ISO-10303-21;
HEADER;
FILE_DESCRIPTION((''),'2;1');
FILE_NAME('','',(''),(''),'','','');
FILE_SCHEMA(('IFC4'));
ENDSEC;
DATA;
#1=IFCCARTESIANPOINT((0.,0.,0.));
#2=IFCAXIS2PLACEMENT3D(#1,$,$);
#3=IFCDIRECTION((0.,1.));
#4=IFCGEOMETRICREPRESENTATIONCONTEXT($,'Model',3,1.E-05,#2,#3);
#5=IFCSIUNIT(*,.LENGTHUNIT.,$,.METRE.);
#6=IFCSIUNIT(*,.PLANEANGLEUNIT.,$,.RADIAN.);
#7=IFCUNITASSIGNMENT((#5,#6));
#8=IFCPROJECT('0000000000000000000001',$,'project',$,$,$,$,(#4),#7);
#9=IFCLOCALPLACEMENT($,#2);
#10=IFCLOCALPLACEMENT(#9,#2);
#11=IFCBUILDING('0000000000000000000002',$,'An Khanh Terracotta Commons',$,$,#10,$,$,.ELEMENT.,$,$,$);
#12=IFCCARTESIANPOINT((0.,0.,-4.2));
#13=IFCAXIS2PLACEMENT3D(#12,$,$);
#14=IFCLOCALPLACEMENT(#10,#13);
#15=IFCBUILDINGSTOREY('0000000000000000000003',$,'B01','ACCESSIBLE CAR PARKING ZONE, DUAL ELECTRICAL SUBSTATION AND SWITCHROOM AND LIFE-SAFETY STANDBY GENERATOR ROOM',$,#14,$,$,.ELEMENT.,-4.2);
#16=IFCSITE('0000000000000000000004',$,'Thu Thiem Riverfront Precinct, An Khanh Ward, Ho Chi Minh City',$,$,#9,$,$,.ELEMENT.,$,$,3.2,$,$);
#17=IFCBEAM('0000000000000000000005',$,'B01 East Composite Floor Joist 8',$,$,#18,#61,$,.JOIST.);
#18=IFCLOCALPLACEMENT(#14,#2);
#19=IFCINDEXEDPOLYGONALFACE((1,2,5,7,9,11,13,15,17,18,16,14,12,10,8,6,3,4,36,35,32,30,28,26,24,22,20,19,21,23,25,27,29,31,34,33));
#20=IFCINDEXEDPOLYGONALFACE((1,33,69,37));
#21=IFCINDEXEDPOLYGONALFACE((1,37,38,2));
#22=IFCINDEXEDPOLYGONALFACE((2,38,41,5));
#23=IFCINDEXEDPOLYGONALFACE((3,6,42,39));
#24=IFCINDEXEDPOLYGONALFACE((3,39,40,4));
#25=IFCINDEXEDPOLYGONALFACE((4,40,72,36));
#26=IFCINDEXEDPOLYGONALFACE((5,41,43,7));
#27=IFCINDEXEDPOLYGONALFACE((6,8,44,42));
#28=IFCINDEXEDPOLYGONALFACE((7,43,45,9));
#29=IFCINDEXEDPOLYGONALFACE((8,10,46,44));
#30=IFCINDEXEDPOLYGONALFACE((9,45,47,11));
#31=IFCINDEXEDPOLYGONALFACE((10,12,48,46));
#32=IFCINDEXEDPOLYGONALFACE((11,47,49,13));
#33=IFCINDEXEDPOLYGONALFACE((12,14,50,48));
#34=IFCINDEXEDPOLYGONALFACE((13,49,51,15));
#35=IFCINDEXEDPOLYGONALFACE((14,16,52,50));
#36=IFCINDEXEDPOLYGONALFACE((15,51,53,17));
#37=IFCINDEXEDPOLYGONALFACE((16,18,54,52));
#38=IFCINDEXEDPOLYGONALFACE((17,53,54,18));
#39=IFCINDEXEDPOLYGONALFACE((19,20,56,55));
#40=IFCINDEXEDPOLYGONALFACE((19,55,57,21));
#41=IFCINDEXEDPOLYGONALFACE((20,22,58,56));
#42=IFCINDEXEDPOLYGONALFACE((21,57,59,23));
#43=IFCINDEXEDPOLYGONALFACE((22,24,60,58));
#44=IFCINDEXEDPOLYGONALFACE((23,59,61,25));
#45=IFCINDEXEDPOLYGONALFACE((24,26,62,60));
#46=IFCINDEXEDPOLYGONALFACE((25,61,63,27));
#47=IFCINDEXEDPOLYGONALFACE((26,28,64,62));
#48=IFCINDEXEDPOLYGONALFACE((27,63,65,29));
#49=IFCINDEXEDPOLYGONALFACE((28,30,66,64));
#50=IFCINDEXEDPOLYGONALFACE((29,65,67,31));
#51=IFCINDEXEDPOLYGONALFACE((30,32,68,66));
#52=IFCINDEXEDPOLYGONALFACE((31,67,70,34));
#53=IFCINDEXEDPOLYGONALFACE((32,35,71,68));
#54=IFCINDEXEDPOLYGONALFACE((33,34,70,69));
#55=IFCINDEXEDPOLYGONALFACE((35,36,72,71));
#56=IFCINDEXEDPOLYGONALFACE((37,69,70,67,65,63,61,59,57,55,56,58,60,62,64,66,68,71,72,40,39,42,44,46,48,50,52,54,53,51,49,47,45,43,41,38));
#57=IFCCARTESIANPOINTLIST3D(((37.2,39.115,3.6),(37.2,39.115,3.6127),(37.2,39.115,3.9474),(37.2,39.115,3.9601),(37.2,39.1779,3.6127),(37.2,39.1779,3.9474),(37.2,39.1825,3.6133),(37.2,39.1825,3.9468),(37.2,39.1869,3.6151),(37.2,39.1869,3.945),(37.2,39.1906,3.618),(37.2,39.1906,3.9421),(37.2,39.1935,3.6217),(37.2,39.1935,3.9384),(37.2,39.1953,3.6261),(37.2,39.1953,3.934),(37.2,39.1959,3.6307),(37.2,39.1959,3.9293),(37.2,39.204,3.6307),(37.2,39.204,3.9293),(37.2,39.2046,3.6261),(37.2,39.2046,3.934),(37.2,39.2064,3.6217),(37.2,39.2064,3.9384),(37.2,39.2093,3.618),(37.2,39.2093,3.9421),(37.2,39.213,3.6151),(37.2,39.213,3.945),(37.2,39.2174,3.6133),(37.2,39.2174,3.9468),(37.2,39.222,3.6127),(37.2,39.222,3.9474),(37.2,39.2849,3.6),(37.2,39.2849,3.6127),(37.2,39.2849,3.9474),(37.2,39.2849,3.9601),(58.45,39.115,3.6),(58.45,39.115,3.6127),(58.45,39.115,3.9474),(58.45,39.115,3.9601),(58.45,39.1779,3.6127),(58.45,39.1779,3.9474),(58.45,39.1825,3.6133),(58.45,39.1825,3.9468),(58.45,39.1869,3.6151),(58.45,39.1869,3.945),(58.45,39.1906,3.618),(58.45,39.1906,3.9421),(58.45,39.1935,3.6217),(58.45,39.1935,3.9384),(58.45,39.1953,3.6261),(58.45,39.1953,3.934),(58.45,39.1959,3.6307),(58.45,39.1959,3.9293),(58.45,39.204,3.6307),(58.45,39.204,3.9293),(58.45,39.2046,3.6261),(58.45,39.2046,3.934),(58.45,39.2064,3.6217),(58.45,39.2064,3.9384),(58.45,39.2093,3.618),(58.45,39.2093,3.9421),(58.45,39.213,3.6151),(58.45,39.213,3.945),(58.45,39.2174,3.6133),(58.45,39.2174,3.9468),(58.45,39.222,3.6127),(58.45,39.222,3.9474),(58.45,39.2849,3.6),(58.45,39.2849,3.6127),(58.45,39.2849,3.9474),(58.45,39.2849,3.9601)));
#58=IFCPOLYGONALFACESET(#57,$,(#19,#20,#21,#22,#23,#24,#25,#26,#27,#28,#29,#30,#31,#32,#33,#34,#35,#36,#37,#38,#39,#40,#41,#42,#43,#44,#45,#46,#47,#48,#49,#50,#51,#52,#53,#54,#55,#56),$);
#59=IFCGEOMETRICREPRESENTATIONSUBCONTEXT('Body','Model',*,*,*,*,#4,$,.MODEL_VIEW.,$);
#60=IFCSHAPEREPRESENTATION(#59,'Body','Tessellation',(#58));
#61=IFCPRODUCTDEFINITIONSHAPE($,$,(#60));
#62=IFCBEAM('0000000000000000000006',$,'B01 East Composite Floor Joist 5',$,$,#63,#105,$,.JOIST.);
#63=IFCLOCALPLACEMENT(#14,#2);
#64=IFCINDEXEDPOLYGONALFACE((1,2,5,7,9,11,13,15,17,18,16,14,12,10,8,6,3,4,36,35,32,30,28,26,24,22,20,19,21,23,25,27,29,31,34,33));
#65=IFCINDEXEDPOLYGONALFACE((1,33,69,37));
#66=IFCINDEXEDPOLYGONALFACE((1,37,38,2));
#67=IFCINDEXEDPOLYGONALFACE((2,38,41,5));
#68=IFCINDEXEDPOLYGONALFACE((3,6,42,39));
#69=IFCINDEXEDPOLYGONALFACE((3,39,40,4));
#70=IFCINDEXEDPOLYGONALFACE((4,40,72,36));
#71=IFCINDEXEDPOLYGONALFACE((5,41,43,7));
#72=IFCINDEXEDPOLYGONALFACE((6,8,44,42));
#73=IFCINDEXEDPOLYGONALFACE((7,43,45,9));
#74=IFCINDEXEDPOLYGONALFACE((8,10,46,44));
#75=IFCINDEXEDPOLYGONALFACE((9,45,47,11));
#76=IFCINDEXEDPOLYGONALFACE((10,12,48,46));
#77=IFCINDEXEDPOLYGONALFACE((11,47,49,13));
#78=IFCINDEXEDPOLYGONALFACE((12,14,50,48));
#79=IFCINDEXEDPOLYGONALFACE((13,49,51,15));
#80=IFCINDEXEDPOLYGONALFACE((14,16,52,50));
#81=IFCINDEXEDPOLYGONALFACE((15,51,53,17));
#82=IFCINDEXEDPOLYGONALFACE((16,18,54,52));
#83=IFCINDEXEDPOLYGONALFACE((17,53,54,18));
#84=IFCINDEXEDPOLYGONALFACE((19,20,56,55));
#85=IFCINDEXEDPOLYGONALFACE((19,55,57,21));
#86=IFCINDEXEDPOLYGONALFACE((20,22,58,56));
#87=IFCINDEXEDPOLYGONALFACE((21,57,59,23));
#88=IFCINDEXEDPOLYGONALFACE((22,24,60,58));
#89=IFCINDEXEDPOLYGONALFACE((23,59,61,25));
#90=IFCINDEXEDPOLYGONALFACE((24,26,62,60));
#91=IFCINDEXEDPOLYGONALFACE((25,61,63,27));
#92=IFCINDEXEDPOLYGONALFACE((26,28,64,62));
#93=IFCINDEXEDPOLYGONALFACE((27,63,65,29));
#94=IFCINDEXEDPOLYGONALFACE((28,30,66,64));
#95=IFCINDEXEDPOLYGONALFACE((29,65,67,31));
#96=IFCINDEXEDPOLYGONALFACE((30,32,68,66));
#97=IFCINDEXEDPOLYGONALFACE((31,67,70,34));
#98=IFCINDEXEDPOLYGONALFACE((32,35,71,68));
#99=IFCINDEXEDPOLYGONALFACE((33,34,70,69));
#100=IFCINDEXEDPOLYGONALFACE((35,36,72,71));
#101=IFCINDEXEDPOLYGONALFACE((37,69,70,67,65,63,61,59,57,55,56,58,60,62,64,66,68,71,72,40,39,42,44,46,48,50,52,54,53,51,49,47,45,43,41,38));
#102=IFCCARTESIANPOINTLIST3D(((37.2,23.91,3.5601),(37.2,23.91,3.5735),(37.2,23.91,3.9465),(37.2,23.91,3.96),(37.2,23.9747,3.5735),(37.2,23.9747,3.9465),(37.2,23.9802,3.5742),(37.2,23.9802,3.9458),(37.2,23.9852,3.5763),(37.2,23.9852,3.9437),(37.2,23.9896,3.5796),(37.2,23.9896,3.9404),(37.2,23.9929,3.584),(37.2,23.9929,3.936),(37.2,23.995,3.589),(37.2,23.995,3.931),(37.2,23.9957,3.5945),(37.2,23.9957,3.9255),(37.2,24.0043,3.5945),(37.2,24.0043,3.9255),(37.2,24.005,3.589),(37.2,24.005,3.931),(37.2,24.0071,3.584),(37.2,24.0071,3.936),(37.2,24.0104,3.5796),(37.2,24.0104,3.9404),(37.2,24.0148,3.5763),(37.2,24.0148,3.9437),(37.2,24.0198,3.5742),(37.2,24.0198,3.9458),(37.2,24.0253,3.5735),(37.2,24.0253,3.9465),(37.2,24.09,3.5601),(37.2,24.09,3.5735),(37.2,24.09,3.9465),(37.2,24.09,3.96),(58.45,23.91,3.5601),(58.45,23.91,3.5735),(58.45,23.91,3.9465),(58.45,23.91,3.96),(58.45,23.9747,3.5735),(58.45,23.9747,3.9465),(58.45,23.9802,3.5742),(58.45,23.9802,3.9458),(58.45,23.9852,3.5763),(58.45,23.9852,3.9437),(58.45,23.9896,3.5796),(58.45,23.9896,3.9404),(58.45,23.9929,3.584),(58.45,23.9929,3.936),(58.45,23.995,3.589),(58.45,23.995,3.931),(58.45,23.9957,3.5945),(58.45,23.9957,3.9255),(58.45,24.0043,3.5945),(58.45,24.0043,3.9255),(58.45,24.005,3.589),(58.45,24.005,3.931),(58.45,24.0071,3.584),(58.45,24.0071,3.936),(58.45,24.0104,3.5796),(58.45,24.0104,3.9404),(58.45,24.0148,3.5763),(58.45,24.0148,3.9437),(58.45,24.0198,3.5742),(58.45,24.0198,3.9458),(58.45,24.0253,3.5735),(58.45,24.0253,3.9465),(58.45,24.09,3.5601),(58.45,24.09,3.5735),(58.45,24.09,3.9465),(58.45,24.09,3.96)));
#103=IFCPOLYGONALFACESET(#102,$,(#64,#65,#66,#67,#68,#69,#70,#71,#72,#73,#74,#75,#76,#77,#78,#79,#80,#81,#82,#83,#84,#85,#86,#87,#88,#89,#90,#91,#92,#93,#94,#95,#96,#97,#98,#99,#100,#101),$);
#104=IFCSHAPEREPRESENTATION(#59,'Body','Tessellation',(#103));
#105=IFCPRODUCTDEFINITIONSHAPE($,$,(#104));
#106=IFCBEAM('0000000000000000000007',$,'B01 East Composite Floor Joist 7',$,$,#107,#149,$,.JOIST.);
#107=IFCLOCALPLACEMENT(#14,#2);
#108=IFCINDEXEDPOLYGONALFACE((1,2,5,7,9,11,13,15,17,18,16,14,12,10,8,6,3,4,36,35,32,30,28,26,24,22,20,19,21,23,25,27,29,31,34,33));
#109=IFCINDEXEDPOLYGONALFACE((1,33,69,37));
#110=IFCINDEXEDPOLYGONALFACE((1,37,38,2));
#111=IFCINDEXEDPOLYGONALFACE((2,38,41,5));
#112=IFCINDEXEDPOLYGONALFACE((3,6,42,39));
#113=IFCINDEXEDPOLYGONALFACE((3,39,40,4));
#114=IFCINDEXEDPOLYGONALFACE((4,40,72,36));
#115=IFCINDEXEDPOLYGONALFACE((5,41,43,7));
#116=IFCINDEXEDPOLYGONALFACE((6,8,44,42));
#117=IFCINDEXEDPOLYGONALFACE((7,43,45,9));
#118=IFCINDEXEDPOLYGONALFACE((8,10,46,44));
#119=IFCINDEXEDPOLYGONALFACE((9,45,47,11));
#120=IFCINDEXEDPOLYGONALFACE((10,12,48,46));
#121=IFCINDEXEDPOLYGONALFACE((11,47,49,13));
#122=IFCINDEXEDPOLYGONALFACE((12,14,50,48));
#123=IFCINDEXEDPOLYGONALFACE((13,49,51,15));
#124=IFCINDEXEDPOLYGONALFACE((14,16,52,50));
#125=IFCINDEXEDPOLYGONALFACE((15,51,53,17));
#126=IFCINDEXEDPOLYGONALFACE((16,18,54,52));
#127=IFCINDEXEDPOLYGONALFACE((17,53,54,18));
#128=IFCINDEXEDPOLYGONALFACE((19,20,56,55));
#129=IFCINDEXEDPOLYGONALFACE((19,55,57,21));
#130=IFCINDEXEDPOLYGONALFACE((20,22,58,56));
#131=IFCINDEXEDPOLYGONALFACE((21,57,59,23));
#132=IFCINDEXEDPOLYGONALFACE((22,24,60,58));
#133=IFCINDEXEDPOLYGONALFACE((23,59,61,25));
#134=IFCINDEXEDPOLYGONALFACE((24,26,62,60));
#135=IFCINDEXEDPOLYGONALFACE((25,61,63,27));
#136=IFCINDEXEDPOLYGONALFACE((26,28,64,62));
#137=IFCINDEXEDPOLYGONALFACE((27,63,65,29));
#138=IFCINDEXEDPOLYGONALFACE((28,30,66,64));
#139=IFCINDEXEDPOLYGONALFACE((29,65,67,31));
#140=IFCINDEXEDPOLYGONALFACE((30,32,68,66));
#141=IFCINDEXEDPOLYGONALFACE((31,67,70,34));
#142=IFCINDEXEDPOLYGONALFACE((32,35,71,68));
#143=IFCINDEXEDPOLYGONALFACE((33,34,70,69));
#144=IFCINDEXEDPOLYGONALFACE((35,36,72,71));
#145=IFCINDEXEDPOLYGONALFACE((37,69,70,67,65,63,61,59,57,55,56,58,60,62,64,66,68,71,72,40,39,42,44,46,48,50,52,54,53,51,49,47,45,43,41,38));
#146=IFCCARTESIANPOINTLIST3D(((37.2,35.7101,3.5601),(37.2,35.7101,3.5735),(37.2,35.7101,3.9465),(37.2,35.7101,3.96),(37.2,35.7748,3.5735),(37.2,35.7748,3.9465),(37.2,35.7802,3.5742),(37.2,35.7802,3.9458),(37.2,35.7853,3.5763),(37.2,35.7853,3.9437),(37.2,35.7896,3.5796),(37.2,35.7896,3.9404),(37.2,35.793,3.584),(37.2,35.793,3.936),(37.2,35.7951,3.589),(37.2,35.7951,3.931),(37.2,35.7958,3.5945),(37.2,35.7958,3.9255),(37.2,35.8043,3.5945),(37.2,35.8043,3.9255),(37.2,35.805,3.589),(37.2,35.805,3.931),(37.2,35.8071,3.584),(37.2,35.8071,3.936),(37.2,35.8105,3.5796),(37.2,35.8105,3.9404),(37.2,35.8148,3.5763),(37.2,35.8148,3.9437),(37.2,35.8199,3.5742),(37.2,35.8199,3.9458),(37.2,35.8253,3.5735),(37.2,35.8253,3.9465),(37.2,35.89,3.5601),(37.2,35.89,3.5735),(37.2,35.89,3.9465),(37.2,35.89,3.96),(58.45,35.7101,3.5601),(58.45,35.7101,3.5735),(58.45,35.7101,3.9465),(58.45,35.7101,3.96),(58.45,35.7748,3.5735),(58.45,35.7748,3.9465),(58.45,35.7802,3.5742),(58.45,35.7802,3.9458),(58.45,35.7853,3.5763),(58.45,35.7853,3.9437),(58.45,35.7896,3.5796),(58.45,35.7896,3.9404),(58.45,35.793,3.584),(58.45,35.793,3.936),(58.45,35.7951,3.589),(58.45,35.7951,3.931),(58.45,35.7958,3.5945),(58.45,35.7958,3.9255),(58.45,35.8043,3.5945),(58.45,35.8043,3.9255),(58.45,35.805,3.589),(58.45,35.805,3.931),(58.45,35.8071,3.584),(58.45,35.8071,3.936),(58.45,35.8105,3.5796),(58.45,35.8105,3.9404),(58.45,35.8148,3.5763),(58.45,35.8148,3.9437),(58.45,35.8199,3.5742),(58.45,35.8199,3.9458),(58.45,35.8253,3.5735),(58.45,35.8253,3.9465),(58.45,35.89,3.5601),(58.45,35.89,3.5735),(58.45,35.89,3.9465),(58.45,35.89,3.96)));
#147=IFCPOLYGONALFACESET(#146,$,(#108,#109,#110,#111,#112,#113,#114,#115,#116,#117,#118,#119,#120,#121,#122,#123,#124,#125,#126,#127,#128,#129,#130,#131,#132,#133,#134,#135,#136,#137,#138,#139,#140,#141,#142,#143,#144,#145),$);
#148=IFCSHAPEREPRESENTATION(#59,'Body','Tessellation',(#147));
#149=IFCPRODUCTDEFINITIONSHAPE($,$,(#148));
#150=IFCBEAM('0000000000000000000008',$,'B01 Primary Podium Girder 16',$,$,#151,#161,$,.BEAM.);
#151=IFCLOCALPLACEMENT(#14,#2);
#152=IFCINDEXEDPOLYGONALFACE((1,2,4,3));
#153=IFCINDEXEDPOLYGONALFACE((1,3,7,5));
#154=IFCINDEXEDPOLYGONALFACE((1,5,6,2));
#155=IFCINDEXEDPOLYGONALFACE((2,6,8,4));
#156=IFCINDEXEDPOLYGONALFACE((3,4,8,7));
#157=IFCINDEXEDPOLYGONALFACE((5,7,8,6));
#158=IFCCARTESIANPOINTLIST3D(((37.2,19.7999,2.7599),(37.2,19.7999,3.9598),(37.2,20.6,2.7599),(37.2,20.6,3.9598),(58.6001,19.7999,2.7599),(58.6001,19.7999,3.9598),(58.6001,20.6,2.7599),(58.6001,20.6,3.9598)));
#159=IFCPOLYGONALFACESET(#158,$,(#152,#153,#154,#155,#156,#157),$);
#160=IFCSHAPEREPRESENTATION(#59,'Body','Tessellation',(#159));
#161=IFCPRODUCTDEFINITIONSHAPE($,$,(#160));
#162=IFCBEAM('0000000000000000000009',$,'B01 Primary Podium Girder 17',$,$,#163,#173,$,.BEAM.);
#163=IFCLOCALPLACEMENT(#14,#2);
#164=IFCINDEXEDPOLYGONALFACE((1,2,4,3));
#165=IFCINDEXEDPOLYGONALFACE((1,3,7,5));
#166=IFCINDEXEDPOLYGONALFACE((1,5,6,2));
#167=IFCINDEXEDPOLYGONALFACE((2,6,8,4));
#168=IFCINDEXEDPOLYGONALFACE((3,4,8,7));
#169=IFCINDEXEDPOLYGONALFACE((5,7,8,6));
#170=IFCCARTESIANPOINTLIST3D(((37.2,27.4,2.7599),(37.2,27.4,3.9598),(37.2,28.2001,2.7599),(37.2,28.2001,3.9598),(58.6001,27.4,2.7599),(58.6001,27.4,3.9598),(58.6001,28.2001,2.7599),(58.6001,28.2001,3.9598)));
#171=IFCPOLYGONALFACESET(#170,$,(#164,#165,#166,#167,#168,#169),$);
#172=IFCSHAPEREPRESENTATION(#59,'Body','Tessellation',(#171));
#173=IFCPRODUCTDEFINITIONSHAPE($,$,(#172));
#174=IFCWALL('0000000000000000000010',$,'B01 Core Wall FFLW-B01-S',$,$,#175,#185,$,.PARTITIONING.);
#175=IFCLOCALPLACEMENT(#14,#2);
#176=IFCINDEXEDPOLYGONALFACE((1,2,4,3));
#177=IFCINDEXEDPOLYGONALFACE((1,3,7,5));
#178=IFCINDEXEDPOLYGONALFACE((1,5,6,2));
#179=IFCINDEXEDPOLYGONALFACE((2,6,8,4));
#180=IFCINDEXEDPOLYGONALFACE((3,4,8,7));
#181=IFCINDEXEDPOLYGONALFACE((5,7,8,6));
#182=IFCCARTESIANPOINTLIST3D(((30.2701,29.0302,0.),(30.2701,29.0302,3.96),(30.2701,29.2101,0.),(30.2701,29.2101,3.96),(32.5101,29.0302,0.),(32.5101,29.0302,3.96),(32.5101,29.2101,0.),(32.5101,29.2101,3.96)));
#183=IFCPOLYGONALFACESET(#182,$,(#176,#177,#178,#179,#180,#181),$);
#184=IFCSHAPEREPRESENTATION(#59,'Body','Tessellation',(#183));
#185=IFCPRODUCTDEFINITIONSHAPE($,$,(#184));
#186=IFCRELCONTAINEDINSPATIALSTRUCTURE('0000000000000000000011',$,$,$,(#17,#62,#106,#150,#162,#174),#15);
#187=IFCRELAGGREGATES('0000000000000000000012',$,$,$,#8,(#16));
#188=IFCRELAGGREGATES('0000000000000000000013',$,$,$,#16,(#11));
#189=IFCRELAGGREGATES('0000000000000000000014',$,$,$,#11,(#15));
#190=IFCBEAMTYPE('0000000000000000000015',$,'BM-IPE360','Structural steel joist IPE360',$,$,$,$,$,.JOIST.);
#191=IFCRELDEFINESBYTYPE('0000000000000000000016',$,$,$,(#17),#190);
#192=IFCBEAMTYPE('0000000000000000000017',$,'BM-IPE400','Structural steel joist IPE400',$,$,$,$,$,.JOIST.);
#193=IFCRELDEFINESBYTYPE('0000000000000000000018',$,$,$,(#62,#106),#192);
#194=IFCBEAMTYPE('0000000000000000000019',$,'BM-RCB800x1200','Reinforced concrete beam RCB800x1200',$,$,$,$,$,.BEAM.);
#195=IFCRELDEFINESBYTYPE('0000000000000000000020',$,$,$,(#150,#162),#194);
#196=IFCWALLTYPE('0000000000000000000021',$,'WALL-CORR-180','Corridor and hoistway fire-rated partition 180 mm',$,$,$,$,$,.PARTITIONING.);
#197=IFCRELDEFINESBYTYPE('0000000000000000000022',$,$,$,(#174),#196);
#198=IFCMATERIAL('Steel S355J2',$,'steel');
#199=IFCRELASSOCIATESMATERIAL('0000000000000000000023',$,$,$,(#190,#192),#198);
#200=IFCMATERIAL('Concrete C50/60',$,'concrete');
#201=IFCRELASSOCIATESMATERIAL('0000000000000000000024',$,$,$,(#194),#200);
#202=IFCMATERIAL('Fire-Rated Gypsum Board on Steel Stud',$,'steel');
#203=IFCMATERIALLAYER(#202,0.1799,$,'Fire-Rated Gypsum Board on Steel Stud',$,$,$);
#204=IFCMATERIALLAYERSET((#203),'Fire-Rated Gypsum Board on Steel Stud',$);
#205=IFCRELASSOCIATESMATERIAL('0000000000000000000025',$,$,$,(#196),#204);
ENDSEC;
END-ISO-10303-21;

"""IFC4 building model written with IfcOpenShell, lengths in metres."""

from ifc_helpers import new_model, si_unit, direction, frame, frame_2d, origin, origin_2d, place, context, subcontext, project, spatial, rectangle, i_section, extrude, material, layer, layer_set, material_profile, profile_set, type_object, element, save


model = new_model("IFC4")

# Units and contexts
model_context = context("Model", 3, precision=1e-05, world=origin(), true_north=direction((0.0, 1.0)))
body_context = subcontext(model_context, "Body", "Model", "MODEL_VIEW")
ifc_project = project(units=[si_unit("LENGTHUNIT", "METRE"), si_unit("PLANEANGLEUNIT", "RADIAN")], contexts=[model_context])

# Site, building, storey
site_placement = place(None, origin())
site = spatial("IfcSite", under=ifc_project, at=site_placement, Name="Thu Thiem Riverfront Precinct, An Khanh Ward, Ho Chi Minh City", CompositionType="ELEMENT", RefElevation=3.2)
building_placement = place(site_placement, origin())
building = spatial("IfcBuilding", under=site, at=building_placement, Name="An Khanh Terracotta Commons", CompositionType="ELEMENT")
storey_placement = place(building_placement, frame((0.0, 0.0, -4.2)))
storey = spatial("IfcBuildingStorey", under=building, at=storey_placement, Name="B01", Description="ACCESSIBLE CAR PARKING ZONE, DUAL ELECTRICAL SUBSTATION AND SWITCHROOM AND LIFE-SAFETY STANDBY GENERATOR ROOM", CompositionType="ELEMENT", Elevation=-4.2)

# Beams
ifc_material_1 = material(Name="Steel S355J2", Category="steel")
ifc_material_profile_1 = material_profile(ifc_material_1, i_section(OverallWidth=0.1699, OverallDepth=0.3601, WebThickness=0.0081, FlangeThickness=0.0127, FilletRadius=0.0181, at=origin_2d()), Name="IPE360")
ifc_profile_set_1 = profile_set([ifc_material_profile_1], Name="Steel S355J2")
beam_type_1 = type_object("IfcBeamType", Name="BM-IPE360", Description="Structural steel joist IPE360", PredefinedType="JOIST", material=ifc_profile_set_1)
for number, where, z_axis, x_axis, name in (
    (1, (37.2, 39.2, 3.78), (1.0, 0.0, 0.0), (0.0, 1.0, 0.0), "B01 East Composite Floor Joist 8"),
):
    element("IfcBeam", number, at=place(storey_placement, frame(where, z_axis=z_axis, x_axis=x_axis)), inside=storey, type_object=beam_type_1, Name=name, PredefinedType="JOIST", context=body_context, shape_type="SweptSolid", body=[
        extrude(i_section(OverallWidth=0.1699, OverallDepth=0.3601, WebThickness=0.0081, FlangeThickness=0.0127, FilletRadius=0.0181, at=origin_2d()), origin(), (0.0, 0.0, 1.0), 21.25),
    ])
ifc_material_profile_2 = material_profile(ifc_material_1, i_section(OverallWidth=0.1799, OverallDepth=0.3999, WebThickness=0.0085, FlangeThickness=0.0134, FilletRadius=0.021, at=origin_2d()), Name="IPE400")
ifc_profile_set_2 = profile_set([ifc_material_profile_2], Name="Steel S355J2")
beam_type_2 = type_object("IfcBeamType", Name="BM-IPE400", Description="Structural steel joist IPE400", PredefinedType="JOIST", material=ifc_profile_set_2)
for number, where, z_axis, x_axis, name in (
    (2, (37.2, 24.0, 3.76), (1.0, 0.0, 0.0), (0.0, 1.0, 0.0), "B01 East Composite Floor Joist 5"),
    (3, (37.2, 35.8, 3.76), (1.0, 0.0, 0.0), (0.0, 1.0, 0.0), "B01 East Composite Floor Joist 7"),
):
    element("IfcBeam", number, at=place(storey_placement, frame(where, z_axis=z_axis, x_axis=x_axis)), inside=storey, type_object=beam_type_2, Name=name, PredefinedType="JOIST", context=body_context, shape_type="SweptSolid", body=[
        extrude(i_section(OverallWidth=0.1799, OverallDepth=0.3999, WebThickness=0.0085, FlangeThickness=0.0134, FilletRadius=0.021, at=origin_2d()), origin(), (0.0, 0.0, 1.0), 21.25),
    ])
ifc_material_2 = material(Name="Concrete C50/60", Category="concrete")
ifc_material_profile_3 = material_profile(ifc_material_2, rectangle(XDim=0.8, YDim=1.2, at=origin_2d()), Name="RCB800x1200")
ifc_profile_set_3 = profile_set([ifc_material_profile_3], Name="Concrete C50/60")
beam_type_3 = type_object("IfcBeamType", Name="BM-RCB800x1200", Description="Reinforced concrete beam RCB800x1200", PredefinedType="BEAM", material=ifc_profile_set_3)
for number, where, z_axis, x_axis, name in (
    (4, (37.2, 20.2, 3.3599), (1.0, 0.0, 0.0), (0.0, 1.0, 0.0), "B01 Primary Podium Girder 16"),
    (5, (37.2, 27.8, 3.3599), (1.0, 0.0, 0.0), (0.0, 1.0, 0.0), "B01 Primary Podium Girder 17"),
):
    element("IfcBeam", number, at=place(storey_placement, frame(where, z_axis=z_axis, x_axis=x_axis)), inside=storey, type_object=beam_type_3, Name=name, PredefinedType="BEAM", context=body_context, shape_type="SweptSolid", body=[
        extrude(rectangle(XDim=0.8, YDim=1.2, at=origin_2d()), origin(), (0.0, 0.0, 1.0), 21.4001),
    ])

# Wall
ifc_material_3 = material(Name="Fire-Rated Gypsum Board on Steel Stud", Category="steel")
ifc_layer_1 = layer(ifc_material_3, 0.1799, Name="Fire-Rated Gypsum Board on Steel Stud")
ifc_layer_set_1 = layer_set([ifc_layer_1], Name="Fire-Rated Gypsum Board on Steel Stud")
wall_type_1 = type_object("IfcWallType", Name="WALL-CORR-180", Description="Corridor and hoistway fire-rated partition 180 mm", PredefinedType="PARTITIONING", material=ifc_layer_set_1)
wall_1_placement = place(storey_placement, frame((30.27, 29.1201, 0.0), z_axis=(0.0, 0.0, 1.0), x_axis=(1.0, 0.0, 0.0)))
element("IfcWall", 6, at=wall_1_placement, inside=storey, type_object=wall_type_1, Name="B01 Core Wall FFLW-B01-S", PredefinedType="PARTITIONING", context=body_context, shape_type="SweptSolid", body=[
    extrude(rectangle(XDim=2.24, YDim=0.1799, at=frame_2d((1.1201, 0.0))), origin(), (0.0, 0.0, 1.0), 3.96),
])

save(model, "model.ifc")
